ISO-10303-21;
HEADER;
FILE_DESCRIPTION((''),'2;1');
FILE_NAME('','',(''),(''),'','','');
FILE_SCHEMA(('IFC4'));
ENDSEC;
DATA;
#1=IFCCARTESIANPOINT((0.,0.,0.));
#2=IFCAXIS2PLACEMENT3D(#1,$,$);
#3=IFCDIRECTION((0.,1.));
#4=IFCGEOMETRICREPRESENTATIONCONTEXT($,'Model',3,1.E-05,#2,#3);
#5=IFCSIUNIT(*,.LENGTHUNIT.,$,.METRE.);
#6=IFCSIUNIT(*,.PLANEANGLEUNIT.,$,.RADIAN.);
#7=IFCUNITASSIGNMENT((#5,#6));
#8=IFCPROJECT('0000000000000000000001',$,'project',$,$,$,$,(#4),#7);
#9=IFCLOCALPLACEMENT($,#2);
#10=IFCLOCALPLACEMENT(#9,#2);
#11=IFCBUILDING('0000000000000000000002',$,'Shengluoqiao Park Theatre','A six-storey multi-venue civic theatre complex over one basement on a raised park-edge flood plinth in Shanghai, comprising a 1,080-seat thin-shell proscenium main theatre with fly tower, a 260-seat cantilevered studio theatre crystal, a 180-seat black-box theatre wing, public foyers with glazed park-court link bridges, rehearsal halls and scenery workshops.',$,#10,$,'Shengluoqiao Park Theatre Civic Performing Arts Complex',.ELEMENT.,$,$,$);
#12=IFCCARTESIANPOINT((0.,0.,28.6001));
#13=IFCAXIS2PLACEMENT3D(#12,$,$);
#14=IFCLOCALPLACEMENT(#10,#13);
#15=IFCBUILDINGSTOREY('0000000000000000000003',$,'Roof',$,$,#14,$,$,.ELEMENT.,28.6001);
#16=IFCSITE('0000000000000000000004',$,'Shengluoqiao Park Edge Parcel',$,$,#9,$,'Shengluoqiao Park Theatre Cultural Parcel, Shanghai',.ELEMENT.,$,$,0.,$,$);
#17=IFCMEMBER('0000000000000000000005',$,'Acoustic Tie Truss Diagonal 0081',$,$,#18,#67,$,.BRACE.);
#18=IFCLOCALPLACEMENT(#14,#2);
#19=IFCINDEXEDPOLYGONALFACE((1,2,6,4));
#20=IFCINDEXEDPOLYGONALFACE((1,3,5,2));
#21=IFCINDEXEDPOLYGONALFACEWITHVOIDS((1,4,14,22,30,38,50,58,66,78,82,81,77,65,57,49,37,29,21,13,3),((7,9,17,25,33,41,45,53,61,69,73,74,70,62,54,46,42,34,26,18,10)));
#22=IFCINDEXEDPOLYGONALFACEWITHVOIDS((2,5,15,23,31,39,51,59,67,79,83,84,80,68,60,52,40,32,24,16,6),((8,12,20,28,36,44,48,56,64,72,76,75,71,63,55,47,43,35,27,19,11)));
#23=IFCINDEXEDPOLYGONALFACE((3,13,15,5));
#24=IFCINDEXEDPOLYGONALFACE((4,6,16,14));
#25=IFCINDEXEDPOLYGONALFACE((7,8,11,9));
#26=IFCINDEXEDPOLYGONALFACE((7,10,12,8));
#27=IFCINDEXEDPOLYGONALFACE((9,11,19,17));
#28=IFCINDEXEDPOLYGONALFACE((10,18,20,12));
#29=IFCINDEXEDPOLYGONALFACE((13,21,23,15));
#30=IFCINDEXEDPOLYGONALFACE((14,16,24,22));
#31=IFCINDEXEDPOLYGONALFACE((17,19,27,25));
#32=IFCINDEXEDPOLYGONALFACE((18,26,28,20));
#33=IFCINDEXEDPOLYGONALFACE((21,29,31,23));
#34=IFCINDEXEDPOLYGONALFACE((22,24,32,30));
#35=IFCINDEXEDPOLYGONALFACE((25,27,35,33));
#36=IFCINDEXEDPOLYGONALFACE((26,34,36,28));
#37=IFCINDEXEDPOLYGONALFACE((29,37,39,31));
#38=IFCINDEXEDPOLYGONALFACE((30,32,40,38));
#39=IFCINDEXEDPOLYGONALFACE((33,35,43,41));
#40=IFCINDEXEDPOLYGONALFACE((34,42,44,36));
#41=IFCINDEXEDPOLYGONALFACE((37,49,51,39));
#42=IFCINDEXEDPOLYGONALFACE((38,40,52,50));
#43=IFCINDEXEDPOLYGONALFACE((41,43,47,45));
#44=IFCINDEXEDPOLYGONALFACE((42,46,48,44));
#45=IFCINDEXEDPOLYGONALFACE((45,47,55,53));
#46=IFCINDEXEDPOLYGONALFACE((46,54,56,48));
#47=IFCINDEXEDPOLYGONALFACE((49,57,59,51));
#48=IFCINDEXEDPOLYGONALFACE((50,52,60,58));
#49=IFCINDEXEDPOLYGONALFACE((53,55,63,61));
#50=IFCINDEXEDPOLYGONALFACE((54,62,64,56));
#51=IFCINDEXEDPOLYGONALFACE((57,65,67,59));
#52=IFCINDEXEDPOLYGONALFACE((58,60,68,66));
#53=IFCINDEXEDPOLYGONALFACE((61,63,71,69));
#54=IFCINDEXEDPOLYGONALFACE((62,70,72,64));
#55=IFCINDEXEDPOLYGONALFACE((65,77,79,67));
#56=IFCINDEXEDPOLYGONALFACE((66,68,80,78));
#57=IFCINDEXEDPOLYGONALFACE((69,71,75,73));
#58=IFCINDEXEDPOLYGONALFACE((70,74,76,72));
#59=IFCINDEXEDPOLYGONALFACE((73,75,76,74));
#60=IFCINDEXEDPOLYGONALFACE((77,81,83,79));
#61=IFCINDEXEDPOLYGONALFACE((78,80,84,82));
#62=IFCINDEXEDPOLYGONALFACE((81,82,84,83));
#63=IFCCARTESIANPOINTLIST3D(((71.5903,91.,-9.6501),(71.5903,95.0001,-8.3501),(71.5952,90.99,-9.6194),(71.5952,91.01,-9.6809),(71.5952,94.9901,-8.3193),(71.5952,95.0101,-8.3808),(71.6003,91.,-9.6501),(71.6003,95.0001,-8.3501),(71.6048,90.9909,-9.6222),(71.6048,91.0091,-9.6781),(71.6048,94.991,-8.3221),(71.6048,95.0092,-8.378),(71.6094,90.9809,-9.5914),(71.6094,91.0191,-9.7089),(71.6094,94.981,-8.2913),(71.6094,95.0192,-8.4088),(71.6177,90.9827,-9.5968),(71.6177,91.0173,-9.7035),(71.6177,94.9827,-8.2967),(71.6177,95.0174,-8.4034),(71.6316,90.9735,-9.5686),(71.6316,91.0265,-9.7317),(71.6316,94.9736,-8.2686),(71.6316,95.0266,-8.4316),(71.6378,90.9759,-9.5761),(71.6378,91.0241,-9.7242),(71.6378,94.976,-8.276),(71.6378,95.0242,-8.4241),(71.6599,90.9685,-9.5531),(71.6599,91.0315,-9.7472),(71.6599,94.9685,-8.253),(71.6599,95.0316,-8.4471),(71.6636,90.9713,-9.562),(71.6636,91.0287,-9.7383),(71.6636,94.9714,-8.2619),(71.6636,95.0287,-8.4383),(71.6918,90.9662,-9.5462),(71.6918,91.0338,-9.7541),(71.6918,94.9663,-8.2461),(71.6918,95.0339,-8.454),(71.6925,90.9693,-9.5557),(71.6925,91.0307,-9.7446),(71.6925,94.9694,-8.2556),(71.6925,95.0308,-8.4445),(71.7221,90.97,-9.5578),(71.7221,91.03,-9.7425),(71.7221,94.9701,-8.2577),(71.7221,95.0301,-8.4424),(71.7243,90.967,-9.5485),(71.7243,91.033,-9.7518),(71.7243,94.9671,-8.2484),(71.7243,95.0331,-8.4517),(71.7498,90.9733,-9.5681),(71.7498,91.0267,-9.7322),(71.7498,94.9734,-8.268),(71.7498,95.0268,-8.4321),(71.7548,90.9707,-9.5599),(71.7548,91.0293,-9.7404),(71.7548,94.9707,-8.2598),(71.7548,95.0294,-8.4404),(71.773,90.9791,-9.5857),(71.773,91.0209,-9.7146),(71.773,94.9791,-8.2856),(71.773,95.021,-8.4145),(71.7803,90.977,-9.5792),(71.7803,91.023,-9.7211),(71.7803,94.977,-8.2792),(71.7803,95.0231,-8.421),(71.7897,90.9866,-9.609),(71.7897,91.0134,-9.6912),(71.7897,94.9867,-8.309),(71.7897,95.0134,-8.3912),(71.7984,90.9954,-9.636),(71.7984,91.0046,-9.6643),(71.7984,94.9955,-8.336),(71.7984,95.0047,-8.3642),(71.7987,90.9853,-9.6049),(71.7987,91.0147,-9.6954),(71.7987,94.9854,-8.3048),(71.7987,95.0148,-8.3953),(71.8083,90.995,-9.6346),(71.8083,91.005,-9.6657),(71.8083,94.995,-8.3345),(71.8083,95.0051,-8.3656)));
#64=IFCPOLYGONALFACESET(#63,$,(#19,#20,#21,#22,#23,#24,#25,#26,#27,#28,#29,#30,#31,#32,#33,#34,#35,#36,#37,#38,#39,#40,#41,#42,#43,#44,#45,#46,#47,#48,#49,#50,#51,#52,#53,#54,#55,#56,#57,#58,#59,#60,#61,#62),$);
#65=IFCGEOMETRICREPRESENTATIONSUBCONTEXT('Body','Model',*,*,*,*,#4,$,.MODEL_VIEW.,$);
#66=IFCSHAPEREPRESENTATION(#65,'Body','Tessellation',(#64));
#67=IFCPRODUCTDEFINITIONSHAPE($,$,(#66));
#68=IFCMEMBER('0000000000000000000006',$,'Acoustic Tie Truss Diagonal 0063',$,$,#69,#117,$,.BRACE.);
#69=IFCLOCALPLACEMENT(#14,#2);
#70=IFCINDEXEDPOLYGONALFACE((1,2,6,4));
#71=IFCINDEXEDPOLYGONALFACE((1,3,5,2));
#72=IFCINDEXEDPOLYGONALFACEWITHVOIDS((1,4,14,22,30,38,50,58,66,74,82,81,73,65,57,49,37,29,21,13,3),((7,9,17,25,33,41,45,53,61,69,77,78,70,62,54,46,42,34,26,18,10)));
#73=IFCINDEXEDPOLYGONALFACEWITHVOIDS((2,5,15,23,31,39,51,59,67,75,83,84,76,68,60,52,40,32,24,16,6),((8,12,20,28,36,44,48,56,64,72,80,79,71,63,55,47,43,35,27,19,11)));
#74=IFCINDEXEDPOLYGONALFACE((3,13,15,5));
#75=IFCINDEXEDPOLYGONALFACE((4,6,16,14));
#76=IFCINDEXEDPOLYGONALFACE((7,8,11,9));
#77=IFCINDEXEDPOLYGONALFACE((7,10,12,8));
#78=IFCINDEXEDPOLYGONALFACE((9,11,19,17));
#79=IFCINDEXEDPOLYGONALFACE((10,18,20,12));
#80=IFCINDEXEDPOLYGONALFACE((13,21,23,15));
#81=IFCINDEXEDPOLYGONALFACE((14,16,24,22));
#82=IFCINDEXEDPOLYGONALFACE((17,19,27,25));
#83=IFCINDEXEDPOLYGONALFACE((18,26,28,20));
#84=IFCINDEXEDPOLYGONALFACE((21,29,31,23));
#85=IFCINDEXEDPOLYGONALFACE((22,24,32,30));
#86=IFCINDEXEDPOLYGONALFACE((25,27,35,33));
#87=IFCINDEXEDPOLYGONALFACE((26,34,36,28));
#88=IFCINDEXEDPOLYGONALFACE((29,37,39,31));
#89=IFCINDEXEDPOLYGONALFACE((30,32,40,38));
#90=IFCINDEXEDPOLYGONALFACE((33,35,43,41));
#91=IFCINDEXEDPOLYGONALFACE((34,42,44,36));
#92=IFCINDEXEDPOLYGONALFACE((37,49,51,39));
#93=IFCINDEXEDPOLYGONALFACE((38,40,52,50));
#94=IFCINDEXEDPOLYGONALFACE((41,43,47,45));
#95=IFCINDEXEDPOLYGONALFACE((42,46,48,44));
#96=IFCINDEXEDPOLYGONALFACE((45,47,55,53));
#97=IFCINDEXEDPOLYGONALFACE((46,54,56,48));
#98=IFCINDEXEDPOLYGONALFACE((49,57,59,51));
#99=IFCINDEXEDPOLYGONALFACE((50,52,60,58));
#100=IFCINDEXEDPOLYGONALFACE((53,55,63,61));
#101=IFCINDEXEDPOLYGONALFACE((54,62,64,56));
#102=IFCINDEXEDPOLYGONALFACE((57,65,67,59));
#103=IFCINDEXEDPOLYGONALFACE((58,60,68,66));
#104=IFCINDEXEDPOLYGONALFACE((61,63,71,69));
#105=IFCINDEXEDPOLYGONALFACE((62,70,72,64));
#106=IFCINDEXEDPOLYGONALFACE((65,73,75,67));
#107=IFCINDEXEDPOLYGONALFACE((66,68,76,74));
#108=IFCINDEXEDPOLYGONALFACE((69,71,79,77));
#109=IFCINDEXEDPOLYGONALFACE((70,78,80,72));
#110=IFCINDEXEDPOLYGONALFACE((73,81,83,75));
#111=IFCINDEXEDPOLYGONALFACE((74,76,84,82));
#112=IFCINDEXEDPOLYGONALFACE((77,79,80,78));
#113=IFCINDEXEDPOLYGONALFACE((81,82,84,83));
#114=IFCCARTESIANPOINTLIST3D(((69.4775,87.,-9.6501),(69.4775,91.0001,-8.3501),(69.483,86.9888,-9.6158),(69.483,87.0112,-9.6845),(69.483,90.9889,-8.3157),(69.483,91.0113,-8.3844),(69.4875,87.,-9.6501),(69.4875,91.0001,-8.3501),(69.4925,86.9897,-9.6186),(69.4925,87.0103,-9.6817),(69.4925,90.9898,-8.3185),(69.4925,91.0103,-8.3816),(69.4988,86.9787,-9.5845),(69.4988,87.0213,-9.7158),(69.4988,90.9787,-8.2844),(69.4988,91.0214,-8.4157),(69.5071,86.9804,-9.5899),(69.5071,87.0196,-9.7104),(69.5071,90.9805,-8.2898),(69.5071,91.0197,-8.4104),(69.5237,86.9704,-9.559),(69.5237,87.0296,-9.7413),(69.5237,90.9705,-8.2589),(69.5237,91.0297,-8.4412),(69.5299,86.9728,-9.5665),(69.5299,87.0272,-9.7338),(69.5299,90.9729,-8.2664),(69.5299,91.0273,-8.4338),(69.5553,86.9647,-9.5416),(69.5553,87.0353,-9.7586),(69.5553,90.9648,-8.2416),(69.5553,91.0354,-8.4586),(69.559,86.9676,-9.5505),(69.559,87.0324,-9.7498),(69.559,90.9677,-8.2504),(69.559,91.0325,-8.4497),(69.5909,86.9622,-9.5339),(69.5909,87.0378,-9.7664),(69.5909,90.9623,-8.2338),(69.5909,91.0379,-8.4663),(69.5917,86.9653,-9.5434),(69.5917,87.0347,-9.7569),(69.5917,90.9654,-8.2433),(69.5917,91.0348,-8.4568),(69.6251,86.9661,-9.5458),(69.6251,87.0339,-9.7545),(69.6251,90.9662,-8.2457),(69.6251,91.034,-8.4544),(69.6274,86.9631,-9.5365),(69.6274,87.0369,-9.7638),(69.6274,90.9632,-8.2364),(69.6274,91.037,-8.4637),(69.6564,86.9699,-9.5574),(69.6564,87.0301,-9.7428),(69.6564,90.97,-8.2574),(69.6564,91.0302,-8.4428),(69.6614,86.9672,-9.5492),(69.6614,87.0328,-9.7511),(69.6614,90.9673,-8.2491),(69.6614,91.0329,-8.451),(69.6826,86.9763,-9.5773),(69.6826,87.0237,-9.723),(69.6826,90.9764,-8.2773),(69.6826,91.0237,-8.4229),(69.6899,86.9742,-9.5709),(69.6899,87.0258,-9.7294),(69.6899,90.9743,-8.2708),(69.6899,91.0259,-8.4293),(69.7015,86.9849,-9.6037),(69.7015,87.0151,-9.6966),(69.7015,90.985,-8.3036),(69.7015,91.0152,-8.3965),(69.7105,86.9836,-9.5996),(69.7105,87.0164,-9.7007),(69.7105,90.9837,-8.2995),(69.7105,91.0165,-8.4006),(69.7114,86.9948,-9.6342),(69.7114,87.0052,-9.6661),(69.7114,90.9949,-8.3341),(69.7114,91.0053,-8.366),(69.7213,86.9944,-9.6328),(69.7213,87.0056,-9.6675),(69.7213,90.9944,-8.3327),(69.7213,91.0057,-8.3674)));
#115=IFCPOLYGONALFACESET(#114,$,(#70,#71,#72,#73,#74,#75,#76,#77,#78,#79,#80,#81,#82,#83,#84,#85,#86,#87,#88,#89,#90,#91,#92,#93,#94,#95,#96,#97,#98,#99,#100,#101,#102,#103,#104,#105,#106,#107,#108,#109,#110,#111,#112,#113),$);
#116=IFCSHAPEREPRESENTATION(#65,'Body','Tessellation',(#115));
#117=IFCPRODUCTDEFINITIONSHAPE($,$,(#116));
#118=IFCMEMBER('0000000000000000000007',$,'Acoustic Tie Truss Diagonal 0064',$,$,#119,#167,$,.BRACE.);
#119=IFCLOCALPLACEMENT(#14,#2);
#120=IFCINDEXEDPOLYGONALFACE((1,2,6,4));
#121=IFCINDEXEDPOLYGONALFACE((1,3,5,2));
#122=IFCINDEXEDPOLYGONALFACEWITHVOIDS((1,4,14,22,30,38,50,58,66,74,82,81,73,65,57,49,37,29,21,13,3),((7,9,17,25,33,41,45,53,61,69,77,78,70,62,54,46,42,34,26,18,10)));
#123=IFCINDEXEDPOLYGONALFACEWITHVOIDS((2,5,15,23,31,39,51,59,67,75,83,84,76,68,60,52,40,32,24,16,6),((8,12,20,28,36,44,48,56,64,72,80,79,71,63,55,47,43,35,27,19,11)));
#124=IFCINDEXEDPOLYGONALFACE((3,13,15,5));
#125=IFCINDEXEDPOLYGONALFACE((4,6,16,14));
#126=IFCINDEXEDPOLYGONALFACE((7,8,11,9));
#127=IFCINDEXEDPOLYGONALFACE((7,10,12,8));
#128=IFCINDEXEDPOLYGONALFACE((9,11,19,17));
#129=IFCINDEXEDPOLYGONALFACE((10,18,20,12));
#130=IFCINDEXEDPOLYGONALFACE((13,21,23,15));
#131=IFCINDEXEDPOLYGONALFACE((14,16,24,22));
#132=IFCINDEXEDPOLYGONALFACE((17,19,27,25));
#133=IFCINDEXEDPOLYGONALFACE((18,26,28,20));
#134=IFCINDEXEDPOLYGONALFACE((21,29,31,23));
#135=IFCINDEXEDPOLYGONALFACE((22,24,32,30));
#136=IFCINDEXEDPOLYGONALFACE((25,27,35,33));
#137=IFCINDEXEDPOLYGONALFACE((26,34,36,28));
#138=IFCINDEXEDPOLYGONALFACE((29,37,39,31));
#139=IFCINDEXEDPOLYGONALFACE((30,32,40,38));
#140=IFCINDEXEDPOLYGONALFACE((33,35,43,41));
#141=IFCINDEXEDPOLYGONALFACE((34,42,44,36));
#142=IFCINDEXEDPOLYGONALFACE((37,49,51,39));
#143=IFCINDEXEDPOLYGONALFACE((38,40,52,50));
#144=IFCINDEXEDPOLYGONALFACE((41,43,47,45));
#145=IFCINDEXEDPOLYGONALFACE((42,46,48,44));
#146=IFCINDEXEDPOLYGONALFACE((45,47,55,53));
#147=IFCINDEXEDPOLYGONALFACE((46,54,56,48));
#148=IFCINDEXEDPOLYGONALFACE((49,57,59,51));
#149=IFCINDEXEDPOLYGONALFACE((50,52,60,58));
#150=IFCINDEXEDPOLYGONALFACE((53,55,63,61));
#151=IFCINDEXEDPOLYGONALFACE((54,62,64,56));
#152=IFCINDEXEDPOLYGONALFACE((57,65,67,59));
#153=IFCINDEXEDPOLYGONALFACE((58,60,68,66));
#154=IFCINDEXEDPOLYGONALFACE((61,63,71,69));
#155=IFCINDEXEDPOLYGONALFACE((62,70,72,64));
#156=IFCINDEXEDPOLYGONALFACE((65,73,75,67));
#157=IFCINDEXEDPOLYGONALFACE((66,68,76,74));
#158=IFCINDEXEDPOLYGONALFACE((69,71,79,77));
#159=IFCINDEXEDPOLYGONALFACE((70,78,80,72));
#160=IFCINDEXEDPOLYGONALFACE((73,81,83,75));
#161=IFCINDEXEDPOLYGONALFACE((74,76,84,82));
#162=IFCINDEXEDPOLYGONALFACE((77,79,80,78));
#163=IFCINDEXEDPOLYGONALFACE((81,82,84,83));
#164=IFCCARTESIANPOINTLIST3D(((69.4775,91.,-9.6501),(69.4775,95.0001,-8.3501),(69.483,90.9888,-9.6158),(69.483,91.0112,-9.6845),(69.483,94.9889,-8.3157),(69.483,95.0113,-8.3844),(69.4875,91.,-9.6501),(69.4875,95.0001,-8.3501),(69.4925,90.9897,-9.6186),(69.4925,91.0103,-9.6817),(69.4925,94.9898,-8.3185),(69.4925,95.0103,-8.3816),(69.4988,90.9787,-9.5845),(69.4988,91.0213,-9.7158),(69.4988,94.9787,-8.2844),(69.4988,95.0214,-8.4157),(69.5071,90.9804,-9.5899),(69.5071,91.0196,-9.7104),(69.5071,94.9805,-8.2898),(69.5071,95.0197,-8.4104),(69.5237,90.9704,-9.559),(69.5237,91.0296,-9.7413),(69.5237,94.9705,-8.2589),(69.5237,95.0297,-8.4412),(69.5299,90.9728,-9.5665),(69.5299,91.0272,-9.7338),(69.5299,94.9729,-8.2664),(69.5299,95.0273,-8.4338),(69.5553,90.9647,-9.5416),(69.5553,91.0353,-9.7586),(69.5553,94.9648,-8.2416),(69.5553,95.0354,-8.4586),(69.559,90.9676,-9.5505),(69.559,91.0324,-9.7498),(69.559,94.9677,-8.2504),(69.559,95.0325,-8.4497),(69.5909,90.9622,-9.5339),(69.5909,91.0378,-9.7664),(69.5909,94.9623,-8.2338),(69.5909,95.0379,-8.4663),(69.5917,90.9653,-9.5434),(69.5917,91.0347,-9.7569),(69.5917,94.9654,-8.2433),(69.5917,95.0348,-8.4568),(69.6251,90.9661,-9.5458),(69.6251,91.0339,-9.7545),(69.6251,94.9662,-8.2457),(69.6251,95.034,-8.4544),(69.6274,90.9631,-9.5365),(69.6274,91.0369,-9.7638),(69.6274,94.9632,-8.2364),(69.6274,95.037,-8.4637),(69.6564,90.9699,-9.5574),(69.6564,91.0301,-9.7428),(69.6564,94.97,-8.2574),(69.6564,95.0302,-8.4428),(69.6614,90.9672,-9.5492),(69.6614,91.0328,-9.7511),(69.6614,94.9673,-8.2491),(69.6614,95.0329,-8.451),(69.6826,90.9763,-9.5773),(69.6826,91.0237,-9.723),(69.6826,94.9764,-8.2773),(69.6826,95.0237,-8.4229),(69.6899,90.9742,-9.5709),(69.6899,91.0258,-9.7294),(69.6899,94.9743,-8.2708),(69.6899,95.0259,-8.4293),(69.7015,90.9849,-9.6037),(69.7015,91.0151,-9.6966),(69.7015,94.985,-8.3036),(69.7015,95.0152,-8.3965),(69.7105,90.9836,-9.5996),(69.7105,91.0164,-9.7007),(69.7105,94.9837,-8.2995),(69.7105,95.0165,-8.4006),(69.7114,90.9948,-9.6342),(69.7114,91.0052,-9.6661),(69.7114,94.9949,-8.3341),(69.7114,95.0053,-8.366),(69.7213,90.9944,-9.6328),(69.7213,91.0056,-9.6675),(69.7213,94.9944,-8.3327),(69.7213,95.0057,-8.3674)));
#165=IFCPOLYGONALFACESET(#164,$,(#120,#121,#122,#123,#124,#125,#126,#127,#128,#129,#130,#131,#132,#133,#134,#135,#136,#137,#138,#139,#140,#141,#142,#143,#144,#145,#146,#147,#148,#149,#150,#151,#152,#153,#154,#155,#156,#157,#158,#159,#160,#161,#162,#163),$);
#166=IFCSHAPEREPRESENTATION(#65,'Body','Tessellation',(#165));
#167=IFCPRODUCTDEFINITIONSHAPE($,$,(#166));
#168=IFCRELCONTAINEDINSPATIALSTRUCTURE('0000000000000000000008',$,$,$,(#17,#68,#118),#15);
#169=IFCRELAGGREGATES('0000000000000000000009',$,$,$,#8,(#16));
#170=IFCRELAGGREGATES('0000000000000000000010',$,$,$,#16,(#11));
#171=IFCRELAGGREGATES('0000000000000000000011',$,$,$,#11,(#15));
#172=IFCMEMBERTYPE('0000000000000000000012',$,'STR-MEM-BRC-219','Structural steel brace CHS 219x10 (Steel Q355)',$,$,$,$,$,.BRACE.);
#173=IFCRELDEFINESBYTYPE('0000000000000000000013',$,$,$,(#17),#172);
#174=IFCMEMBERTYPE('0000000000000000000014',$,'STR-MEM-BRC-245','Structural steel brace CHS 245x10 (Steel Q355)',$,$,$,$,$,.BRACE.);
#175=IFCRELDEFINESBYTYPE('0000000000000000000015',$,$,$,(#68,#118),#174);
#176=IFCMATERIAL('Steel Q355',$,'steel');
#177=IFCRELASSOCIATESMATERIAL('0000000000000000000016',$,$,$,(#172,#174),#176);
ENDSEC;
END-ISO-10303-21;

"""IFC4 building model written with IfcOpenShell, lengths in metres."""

from ifc_helpers import new_model, si_unit, direction, frame, origin, origin_2d, place, context, subcontext, project, spatial, hollow_circle, extrude, material, material_profile, profile_set, type_object, element, save


model = new_model("IFC4")

# Units and contexts
model_context = context("Model", 3, precision=1e-05, world=origin(), true_north=direction((0.0, 1.0)))
body_context = subcontext(model_context, "Body", "Model", "MODEL_VIEW")
ifc_project = project(units=[si_unit("LENGTHUNIT", "METRE"), si_unit("PLANEANGLEUNIT", "RADIAN")], contexts=[model_context])

# Site, building, storey
site_placement = place(None, origin())
site = spatial("IfcSite", under=ifc_project, at=site_placement, Name="Shengluoqiao Park Edge Parcel", LongName="Shengluoqiao Park Theatre Cultural Parcel, Shanghai", CompositionType="ELEMENT", RefElevation=0.0)
building_placement = place(site_placement, origin())
building = spatial("IfcBuilding", under=site, at=building_placement, Name="Shengluoqiao Park Theatre", Description="A six-storey multi-venue civic theatre complex over one basement on a raised park-edge flood plinth in Shanghai, comprising a 1,080-seat thin-shell proscenium main theatre with fly tower, a 260-seat cantilevered studio theatre crystal, a 180-seat black-box theatre wing, public foyers with glazed park-court link bridges, rehearsal halls and scenery workshops.", LongName="Shengluoqiao Park Theatre Civic Performing Arts Complex", CompositionType="ELEMENT")
storey_placement = place(building_placement, frame((0.0, 0.0, 28.6001)))
storey = spatial("IfcBuildingStorey", under=building, at=storey_placement, Name="Roof", CompositionType="ELEMENT", Elevation=28.6001)

# Shared definitions
ifc_material = material(Name="Steel Q355", Category="steel")

# Members
ifc_material_profile_1 = material_profile(ifc_material, hollow_circle(Radius=0.1096, WallThickness=0.01, at=origin_2d()), Name="CHS 219x10")
ifc_profile_set_1 = profile_set([ifc_material_profile_1], Name="Steel Q355")
member_type_1 = type_object("IfcMemberType", Name="STR-MEM-BRC-219", Description="Structural steel brace CHS 219x10 (Steel Q355)", PredefinedType="BRACE", material=ifc_profile_set_1)
for number, where, z_axis, x_axis, name in (
    (1, (71.7, 91.0, -9.6501), (0.0, 0.951031, 0.309097), (-1.0, 0.0, 0.0), "Acoustic Tie Truss Diagonal 0081"),
):
    element("IfcMember", number, at=place(storey_placement, frame(where, z_axis=z_axis, x_axis=x_axis)), inside=storey, type_object=member_type_1, Name=name, PredefinedType="BRACE", context=body_context, shape_type="SweptSolid", body=[
        extrude(hollow_circle(Radius=0.1096, WallThickness=0.01, at=origin_2d()), origin(), (0.0, 0.0, 1.0), 4.2061),
    ])
ifc_material_profile_2 = material_profile(ifc_material, hollow_circle(Radius=0.1226, WallThickness=0.01, at=origin_2d()), Name="CHS 245x10")
ifc_profile_set_2 = profile_set([ifc_material_profile_2], Name="Steel Q355")
member_type_2 = type_object("IfcMemberType", Name="STR-MEM-BRC-245", Description="Structural steel brace CHS 245x10 (Steel Q355)", PredefinedType="BRACE", material=ifc_profile_set_2)
for number, where, z_axis, x_axis, name in (
    (2, (69.6001, 87.0, -9.6501), (0.0, 0.951031, 0.309097), (-1.0, 0.0, 0.0), "Acoustic Tie Truss Diagonal 0063"),
    (3, (69.6001, 91.0, -9.6501), (0.0, 0.951031, 0.309097), (-1.0, 0.0, 0.0), "Acoustic Tie Truss Diagonal 0064"),
):
    element("IfcMember", number, at=place(storey_placement, frame(where, z_axis=z_axis, x_axis=x_axis)), inside=storey, type_object=member_type_2, Name=name, PredefinedType="BRACE", context=body_context, shape_type="SweptSolid", body=[
        extrude(hollow_circle(Radius=0.1226, WallThickness=0.01, at=origin_2d()), origin(), (0.0, 0.0, 1.0), 4.2061),
    ])

save(model, "model.ifc")
